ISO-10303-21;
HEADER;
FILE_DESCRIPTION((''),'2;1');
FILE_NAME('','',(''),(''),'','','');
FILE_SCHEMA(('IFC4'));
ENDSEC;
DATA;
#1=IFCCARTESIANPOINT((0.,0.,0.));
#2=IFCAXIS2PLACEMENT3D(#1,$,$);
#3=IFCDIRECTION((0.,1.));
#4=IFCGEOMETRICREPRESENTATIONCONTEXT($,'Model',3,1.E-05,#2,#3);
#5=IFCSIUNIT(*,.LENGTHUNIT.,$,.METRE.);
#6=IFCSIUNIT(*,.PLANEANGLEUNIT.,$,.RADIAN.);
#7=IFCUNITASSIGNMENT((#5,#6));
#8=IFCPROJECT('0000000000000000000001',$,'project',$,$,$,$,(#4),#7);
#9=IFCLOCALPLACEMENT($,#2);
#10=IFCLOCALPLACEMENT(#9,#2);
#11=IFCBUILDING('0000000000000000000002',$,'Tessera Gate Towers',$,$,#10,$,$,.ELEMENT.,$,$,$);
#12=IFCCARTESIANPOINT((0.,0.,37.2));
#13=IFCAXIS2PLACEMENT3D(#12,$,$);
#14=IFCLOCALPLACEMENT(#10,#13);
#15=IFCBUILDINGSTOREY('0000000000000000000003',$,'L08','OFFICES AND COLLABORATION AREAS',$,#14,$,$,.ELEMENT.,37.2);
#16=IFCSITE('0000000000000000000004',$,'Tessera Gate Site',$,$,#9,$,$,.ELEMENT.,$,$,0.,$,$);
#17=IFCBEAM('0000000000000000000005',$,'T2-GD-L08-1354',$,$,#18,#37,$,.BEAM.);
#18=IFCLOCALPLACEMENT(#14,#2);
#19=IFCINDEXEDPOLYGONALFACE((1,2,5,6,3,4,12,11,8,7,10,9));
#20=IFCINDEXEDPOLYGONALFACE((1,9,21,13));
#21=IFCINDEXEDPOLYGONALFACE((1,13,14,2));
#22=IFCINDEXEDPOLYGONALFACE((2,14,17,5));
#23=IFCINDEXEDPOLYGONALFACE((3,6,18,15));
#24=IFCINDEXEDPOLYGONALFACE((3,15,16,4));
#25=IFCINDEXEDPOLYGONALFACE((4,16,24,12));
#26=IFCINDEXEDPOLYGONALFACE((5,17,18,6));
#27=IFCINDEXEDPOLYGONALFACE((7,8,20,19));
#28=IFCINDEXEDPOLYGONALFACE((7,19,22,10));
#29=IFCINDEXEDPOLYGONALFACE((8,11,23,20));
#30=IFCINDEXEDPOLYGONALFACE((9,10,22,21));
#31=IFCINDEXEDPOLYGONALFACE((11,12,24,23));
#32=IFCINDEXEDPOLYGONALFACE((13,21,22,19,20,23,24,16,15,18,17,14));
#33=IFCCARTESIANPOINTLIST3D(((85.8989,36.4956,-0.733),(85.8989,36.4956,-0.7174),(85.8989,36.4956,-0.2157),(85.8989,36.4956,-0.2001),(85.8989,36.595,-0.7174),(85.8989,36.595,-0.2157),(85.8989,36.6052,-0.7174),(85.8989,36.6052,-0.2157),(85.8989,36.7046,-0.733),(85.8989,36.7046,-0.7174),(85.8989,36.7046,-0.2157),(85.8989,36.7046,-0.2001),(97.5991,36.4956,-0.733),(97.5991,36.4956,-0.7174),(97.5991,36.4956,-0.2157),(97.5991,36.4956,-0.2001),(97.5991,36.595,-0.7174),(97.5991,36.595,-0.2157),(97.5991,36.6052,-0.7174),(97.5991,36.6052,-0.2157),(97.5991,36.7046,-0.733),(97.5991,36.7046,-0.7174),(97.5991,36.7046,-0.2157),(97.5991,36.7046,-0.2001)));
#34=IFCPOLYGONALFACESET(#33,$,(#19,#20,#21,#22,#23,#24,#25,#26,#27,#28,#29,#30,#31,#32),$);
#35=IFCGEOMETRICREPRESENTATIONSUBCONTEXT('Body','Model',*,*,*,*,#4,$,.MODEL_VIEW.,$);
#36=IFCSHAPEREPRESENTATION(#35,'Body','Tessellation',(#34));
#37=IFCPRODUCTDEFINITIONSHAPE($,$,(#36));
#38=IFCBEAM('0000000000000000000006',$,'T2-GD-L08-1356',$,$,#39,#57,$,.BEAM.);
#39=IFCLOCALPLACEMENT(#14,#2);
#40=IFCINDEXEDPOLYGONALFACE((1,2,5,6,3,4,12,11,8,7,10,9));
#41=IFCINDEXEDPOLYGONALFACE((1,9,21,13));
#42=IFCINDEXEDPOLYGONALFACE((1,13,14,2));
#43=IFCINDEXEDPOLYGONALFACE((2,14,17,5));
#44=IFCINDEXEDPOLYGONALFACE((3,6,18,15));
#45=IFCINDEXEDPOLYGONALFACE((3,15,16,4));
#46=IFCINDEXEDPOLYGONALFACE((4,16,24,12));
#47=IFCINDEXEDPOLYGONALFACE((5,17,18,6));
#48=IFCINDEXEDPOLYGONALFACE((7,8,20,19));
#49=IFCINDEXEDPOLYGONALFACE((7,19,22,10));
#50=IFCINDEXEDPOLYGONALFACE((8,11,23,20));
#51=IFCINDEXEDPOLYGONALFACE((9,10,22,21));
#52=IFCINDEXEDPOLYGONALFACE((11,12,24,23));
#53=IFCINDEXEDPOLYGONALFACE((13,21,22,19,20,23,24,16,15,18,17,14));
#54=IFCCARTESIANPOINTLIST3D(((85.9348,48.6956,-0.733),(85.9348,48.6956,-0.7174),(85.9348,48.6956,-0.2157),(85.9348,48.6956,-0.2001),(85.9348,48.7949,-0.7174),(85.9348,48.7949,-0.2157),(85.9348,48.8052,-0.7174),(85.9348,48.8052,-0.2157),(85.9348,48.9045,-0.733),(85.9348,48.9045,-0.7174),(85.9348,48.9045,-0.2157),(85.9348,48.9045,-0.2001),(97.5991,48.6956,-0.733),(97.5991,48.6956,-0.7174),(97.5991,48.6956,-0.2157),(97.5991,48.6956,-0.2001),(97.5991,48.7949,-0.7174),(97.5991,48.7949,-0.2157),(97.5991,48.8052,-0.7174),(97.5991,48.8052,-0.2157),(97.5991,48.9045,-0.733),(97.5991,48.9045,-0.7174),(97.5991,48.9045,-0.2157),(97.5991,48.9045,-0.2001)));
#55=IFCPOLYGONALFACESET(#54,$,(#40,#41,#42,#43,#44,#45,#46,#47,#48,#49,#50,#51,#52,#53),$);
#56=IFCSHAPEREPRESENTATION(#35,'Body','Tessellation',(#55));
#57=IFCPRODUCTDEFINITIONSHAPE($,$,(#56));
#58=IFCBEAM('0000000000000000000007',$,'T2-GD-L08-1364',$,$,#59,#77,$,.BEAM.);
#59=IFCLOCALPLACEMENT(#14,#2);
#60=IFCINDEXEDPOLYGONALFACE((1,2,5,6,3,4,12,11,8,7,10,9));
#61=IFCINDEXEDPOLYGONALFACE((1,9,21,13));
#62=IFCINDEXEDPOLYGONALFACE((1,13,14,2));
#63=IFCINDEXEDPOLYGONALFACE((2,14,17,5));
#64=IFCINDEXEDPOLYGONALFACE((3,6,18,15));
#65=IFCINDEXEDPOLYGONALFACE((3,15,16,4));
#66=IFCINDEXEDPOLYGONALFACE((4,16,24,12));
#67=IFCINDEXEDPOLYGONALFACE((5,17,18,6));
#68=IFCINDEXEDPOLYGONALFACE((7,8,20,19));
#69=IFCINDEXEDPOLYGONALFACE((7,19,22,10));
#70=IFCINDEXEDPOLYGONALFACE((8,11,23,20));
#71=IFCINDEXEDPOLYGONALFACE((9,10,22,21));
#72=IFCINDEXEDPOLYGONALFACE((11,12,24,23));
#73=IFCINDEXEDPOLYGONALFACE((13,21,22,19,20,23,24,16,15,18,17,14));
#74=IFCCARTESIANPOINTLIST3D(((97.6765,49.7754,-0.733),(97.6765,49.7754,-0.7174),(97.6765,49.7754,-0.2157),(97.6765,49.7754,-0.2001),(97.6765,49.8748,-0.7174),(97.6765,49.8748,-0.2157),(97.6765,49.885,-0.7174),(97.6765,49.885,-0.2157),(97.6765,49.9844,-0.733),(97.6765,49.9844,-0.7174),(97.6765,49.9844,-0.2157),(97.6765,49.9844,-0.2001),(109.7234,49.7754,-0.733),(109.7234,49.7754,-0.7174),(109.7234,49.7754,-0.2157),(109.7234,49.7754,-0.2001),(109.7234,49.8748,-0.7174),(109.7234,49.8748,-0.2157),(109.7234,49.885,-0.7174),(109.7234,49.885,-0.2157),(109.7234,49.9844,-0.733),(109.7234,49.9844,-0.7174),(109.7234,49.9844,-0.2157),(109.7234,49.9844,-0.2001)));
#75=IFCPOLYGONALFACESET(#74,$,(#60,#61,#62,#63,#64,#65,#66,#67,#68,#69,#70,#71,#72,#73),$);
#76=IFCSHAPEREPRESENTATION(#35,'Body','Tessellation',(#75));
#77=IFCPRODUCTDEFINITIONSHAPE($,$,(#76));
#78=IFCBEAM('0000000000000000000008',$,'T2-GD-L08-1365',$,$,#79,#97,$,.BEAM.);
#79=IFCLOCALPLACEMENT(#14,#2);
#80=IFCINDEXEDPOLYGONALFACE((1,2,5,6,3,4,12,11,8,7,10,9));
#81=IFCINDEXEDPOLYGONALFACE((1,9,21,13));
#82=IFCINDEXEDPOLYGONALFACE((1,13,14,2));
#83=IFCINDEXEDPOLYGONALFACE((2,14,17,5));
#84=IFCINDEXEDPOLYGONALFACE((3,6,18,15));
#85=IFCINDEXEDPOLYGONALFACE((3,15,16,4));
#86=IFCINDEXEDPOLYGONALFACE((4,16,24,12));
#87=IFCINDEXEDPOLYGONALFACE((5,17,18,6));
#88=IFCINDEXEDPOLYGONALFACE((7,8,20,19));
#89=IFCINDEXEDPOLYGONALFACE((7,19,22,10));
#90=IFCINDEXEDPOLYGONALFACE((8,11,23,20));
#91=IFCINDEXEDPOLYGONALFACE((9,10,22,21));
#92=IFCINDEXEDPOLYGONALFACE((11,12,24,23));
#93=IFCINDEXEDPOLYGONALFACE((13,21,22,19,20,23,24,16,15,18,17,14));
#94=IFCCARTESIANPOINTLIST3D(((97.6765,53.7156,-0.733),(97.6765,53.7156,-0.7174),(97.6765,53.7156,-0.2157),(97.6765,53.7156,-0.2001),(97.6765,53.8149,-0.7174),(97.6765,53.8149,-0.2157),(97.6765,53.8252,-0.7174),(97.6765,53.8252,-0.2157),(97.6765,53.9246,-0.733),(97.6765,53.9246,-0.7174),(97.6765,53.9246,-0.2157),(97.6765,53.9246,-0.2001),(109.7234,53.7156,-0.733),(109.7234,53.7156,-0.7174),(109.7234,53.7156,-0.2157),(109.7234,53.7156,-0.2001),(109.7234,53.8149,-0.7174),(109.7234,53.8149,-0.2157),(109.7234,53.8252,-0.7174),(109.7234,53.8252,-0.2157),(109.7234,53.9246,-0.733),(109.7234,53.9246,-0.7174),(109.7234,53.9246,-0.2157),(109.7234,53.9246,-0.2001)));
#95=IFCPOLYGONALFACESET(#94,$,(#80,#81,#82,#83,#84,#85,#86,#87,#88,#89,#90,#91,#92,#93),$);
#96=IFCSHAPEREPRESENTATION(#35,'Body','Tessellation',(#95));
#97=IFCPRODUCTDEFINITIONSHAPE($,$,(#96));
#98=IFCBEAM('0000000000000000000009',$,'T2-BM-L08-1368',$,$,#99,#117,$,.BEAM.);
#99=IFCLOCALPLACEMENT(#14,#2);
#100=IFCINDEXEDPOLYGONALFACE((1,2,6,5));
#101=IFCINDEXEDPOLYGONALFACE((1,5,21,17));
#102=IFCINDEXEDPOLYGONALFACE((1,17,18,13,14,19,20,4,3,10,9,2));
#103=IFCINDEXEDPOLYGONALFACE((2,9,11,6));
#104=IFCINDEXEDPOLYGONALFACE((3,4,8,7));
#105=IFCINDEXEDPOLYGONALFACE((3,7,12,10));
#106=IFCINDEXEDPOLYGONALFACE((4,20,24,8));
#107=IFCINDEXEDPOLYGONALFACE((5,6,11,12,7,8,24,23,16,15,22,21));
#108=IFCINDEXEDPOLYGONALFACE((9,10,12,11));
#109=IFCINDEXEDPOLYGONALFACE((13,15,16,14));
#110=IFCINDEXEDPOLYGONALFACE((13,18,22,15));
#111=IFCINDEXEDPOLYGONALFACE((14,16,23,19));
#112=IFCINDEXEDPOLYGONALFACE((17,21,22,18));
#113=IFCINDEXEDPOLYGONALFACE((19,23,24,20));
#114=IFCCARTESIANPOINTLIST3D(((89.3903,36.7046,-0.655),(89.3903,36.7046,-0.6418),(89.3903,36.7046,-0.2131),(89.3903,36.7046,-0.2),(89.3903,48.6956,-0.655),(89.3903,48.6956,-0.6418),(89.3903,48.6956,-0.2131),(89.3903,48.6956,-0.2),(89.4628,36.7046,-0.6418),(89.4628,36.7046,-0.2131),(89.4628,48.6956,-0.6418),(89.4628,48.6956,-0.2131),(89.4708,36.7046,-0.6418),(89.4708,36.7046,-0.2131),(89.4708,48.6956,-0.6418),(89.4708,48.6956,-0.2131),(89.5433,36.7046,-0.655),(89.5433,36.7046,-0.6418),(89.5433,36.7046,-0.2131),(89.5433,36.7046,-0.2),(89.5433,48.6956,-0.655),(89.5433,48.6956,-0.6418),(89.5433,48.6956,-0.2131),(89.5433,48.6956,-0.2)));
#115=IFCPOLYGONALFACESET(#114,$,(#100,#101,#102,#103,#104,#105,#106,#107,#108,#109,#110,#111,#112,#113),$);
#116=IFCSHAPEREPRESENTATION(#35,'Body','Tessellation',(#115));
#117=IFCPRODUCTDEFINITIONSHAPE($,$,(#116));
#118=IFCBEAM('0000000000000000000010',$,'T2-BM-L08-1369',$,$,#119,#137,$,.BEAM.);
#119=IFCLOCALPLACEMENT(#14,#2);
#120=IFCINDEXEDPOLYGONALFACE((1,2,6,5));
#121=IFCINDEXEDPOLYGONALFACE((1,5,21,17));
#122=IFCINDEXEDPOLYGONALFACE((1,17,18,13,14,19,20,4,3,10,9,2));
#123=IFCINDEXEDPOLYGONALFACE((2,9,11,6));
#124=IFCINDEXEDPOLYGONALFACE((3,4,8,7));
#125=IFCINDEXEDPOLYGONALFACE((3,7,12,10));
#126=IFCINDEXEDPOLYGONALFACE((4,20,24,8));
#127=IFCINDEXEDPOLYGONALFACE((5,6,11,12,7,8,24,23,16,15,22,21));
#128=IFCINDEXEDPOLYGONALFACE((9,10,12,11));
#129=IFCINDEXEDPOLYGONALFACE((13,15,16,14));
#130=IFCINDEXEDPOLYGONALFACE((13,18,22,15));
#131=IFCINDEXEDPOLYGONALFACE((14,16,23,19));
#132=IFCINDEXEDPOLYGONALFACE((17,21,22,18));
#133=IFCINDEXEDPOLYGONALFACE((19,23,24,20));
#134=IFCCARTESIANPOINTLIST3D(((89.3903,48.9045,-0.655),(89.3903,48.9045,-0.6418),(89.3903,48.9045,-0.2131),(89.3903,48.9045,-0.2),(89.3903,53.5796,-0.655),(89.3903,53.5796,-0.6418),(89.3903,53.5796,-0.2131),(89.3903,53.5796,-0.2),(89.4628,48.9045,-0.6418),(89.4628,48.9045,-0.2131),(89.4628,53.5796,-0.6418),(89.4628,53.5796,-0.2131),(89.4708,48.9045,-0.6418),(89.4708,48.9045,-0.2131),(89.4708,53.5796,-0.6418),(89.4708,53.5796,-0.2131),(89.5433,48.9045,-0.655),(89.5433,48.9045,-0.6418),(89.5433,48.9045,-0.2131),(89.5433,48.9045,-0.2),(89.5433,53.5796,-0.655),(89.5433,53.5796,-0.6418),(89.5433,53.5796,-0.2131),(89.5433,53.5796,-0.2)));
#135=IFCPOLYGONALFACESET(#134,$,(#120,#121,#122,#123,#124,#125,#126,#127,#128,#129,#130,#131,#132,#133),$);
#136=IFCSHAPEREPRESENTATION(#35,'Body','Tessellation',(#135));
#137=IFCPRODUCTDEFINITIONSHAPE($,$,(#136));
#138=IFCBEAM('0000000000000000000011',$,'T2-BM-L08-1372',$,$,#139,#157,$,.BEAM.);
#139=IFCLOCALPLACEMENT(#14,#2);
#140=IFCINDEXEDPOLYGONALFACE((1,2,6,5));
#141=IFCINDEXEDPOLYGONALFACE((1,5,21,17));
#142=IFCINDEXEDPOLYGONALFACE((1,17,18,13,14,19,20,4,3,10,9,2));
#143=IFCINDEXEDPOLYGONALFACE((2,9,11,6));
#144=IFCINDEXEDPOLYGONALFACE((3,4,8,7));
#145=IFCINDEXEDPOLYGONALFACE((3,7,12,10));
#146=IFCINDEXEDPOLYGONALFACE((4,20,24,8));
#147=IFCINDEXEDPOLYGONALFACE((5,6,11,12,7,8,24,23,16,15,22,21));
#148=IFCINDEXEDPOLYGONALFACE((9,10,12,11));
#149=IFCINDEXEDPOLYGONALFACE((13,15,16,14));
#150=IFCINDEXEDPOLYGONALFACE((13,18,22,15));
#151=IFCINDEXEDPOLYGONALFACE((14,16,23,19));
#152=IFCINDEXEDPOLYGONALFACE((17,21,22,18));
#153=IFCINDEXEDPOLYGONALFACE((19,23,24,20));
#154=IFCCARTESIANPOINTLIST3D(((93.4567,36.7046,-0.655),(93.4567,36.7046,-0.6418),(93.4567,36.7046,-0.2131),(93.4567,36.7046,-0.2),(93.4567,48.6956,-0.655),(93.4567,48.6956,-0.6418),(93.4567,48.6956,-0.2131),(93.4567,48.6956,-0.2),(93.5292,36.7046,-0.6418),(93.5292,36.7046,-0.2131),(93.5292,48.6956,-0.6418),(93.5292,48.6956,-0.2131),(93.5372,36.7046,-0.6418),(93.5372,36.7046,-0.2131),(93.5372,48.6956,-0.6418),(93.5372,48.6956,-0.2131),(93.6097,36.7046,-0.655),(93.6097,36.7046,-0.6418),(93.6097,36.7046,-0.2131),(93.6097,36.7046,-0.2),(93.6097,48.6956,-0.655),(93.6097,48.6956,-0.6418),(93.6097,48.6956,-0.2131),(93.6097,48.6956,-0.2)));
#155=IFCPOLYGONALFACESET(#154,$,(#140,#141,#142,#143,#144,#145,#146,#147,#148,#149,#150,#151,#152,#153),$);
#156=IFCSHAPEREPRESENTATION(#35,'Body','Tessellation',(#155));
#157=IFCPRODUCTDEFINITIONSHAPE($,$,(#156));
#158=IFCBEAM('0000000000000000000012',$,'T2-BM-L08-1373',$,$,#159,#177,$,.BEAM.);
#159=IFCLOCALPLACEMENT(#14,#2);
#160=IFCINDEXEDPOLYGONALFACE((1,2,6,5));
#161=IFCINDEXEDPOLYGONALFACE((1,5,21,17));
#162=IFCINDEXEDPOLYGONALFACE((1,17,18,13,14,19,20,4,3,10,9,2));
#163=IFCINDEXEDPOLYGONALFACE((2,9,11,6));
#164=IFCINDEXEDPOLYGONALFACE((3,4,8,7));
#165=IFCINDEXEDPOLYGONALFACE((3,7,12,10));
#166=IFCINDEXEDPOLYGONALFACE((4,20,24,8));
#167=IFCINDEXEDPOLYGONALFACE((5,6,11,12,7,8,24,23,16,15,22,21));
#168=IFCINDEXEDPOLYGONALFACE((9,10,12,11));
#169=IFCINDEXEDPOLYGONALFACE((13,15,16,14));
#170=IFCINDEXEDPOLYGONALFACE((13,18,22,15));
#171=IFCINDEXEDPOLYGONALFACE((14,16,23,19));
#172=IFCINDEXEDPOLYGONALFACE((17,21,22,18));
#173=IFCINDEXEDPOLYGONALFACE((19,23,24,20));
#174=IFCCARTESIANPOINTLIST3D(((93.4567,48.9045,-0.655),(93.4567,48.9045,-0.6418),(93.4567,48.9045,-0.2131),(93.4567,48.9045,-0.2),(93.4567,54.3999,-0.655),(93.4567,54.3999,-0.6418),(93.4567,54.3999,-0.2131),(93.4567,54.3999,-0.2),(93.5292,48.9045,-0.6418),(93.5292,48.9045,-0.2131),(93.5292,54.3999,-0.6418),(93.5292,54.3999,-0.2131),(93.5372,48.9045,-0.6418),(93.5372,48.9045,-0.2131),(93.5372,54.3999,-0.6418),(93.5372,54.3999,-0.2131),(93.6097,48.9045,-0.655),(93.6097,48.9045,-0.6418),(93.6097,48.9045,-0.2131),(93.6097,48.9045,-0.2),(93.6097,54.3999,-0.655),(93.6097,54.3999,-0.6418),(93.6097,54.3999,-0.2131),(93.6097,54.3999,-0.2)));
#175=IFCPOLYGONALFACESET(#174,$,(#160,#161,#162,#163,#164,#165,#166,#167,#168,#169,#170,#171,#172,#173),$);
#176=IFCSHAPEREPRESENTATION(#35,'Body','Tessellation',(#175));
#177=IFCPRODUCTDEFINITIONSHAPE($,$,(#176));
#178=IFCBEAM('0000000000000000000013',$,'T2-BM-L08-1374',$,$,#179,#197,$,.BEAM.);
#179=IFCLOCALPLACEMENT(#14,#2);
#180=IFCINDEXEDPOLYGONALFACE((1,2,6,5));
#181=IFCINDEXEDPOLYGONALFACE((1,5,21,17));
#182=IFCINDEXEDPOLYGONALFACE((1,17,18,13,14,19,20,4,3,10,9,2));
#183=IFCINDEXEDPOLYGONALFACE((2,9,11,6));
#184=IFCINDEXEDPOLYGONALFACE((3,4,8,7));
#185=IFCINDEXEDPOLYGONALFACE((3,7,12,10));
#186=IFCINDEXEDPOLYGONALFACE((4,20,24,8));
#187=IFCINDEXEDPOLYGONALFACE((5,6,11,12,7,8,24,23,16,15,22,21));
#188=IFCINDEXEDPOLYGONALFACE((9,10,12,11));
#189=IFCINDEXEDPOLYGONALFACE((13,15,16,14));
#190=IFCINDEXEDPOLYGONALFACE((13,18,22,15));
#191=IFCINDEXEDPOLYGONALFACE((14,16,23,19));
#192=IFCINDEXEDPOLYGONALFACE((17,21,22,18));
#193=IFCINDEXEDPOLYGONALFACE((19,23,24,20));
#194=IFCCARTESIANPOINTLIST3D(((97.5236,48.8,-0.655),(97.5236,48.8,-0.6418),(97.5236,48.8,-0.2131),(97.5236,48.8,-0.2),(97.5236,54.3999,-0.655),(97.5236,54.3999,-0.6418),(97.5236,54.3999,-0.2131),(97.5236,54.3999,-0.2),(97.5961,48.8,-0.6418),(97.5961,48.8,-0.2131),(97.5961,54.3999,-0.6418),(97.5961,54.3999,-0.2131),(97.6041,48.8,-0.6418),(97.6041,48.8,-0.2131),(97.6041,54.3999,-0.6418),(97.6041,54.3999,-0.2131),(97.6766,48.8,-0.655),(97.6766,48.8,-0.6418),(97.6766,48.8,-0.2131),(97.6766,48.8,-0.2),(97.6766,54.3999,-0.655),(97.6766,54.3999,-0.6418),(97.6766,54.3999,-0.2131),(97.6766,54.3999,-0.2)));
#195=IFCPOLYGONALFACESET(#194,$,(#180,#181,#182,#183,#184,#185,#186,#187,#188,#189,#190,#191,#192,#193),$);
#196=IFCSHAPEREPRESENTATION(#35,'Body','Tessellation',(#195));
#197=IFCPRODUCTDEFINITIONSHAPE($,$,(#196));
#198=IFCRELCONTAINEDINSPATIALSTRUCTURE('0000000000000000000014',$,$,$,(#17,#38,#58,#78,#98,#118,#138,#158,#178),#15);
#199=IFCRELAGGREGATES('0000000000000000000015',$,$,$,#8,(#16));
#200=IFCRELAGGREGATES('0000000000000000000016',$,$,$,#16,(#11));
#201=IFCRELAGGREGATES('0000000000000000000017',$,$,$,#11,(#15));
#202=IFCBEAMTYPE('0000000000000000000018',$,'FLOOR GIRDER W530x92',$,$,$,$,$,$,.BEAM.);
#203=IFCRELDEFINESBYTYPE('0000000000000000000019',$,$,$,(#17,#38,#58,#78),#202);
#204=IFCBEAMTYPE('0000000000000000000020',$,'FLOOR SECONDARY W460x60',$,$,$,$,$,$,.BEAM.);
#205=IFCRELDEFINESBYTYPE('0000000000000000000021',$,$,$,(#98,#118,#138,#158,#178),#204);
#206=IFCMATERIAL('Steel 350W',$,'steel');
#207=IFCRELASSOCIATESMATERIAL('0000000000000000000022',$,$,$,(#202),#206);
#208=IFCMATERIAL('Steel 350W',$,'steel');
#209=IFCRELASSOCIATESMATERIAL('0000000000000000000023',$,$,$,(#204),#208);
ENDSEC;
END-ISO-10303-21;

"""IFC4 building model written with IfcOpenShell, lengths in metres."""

from ifc_helpers import new_model, si_unit, direction, frame, origin, origin_2d, place, context, subcontext, project, spatial, i_section, extrude, material, material_profile, profile_set, type_object, element, save


model = new_model("IFC4")

# Units and contexts
model_context = context("Model", 3, precision=1e-05, world=origin(), true_north=direction((0.0, 1.0)))
body_context = subcontext(model_context, "Body", "Model", "MODEL_VIEW")
ifc_project = project(units=[si_unit("LENGTHUNIT", "METRE"), si_unit("PLANEANGLEUNIT", "RADIAN")], contexts=[model_context])

# Site, building, storey
site_placement = place(None, origin())
site = spatial("IfcSite", under=ifc_project, at=site_placement, Name="Tessera Gate Site", CompositionType="ELEMENT", RefElevation=0.0)
building_placement = place(site_placement, origin())
building = spatial("IfcBuilding", under=site, at=building_placement, Name="Tessera Gate Towers", CompositionType="ELEMENT")
storey_placement = place(building_placement, frame((0.0, 0.0, 37.2)))
storey = spatial("IfcBuildingStorey", under=building, at=storey_placement, Name="L08", Description="OFFICES AND COLLABORATION AREAS", CompositionType="ELEMENT", Elevation=37.2)

# Beams
ifc_material_1 = material(Name="Steel 350W", Category="steel")
ifc_material_profile_1 = material_profile(ifc_material_1, i_section(OverallWidth=0.209, OverallDepth=0.533, WebThickness=0.0103, FlangeThickness=0.0156, at=origin_2d()), Name="W530x92")
ifc_profile_set_1 = profile_set([ifc_material_profile_1], Name="Steel 350W")
beam_type_1 = type_object("IfcBeamType", Name="FLOOR GIRDER W530x92", PredefinedType="BEAM", material=ifc_profile_set_1)
beam_1_placement = place(storey_placement, frame((85.8989, 36.6001, -0.4666), z_axis=(1.0, 0.0, 0.0), x_axis=(0.0, 1.0, 0.0)))
element("IfcBeam", 1, at=beam_1_placement, inside=storey, type_object=beam_type_1, Name="T2-GD-L08-1354", PredefinedType="BEAM", context=body_context, shape_type="SweptSolid", body=[
    extrude(i_section(OverallWidth=0.209, OverallDepth=0.533, WebThickness=0.0103, FlangeThickness=0.0156, at=origin_2d()), origin(), (0.0, 0.0, 1.0), 11.7002),
])
beam_2_placement = place(storey_placement, frame((85.9348, 48.8, -0.4666), z_axis=(1.0, 0.0, 0.0), x_axis=(0.0, 1.0, 0.0)))
element("IfcBeam", 2, at=beam_2_placement, inside=storey, type_object=beam_type_1, Name="T2-GD-L08-1356", PredefinedType="BEAM", context=body_context, shape_type="SweptSolid", body=[
    extrude(i_section(OverallWidth=0.209, OverallDepth=0.533, WebThickness=0.0103, FlangeThickness=0.0156, at=origin_2d()), origin(), (0.0, 0.0, 1.0), 11.6643),
])
for number, where, z_axis, x_axis, name in (
    (3, (97.6765, 49.8799, -0.4666), (1.0, 0.0, 0.0), (0.0, 1.0, 0.0), "T2-GD-L08-1364"),
    (4, (97.6765, 53.8201, -0.4666), (1.0, 0.0, 0.0), (0.0, 1.0, 0.0), "T2-GD-L08-1365"),
):
    element("IfcBeam", number, at=place(storey_placement, frame(where, z_axis=z_axis, x_axis=x_axis)), inside=storey, type_object=beam_type_1, Name=name, PredefinedType="BEAM", context=body_context, shape_type="SweptSolid", body=[
        extrude(i_section(OverallWidth=0.209, OverallDepth=0.533, WebThickness=0.0103, FlangeThickness=0.0156, at=origin_2d()), origin(), (0.0, 0.0, 1.0), 12.0469),
    ])
ifc_material_2 = material(Name="Steel 350W", Category="steel")
ifc_material_profile_2 = material_profile(ifc_material_2, i_section(OverallWidth=0.1531, OverallDepth=0.4551, WebThickness=0.0081, FlangeThickness=0.0132, at=origin_2d()), Name="W460x60")
ifc_profile_set_2 = profile_set([ifc_material_profile_2], Name="Steel 350W")
beam_type_2 = type_object("IfcBeamType", Name="FLOOR SECONDARY W460x60", PredefinedType="BEAM", material=ifc_profile_set_2)
beam_3_placement = place(storey_placement, frame((89.4668, 36.7046, -0.4275), z_axis=(0.0, 1.0, 0.0), x_axis=(-1.0, 0.0, 0.0)))
element("IfcBeam", 5, at=beam_3_placement, inside=storey, type_object=beam_type_2, Name="T2-BM-L08-1368", PredefinedType="BEAM", context=body_context, shape_type="SweptSolid", body=[
    extrude(i_section(OverallWidth=0.1531, OverallDepth=0.4551, WebThickness=0.0081, FlangeThickness=0.0132, at=origin_2d()), origin(), (0.0, 0.0, 1.0), 11.991),
])
beam_4_placement = place(storey_placement, frame((89.4668, 48.9045, -0.4275), z_axis=(0.0, 1.0, 0.0), x_axis=(-1.0, 0.0, 0.0)))
element("IfcBeam", 6, at=beam_4_placement, inside=storey, type_object=beam_type_2, Name="T2-BM-L08-1369", PredefinedType="BEAM", context=body_context, shape_type="SweptSolid", body=[
    extrude(i_section(OverallWidth=0.1531, OverallDepth=0.4551, WebThickness=0.0081, FlangeThickness=0.0132, at=origin_2d()), origin(), (0.0, 0.0, 1.0), 4.675),
])
beam_5_placement = place(storey_placement, frame((93.5332, 36.7046, -0.4275), z_axis=(0.0, 1.0, 0.0), x_axis=(-1.0, 0.0, 0.0)))
element("IfcBeam", 7, at=beam_5_placement, inside=storey, type_object=beam_type_2, Name="T2-BM-L08-1372", PredefinedType="BEAM", context=body_context, shape_type="SweptSolid", body=[
    extrude(i_section(OverallWidth=0.1531, OverallDepth=0.4551, WebThickness=0.0081, FlangeThickness=0.0132, at=origin_2d()), origin(), (0.0, 0.0, 1.0), 11.991),
])
beam_6_placement = place(storey_placement, frame((93.5332, 48.9045, -0.4275), z_axis=(0.0, 1.0, 0.0), x_axis=(-1.0, 0.0, 0.0)))
element("IfcBeam", 8, at=beam_6_placement, inside=storey, type_object=beam_type_2, Name="T2-BM-L08-1373", PredefinedType="BEAM", context=body_context, shape_type="SweptSolid", body=[
    extrude(i_section(OverallWidth=0.1531, OverallDepth=0.4551, WebThickness=0.0081, FlangeThickness=0.0132, at=origin_2d()), origin(), (0.0, 0.0, 1.0), 5.4954),
])
beam_7_placement = place(storey_placement, frame((97.6001, 48.8, -0.4275), z_axis=(0.0, 1.0, 0.0), x_axis=(-1.0, 0.0, 0.0)))
element("IfcBeam", 9, at=beam_7_placement, inside=storey, type_object=beam_type_2, Name="T2-BM-L08-1374", PredefinedType="BEAM", context=body_context, shape_type="SweptSolid", body=[
    extrude(i_section(OverallWidth=0.1531, OverallDepth=0.4551, WebThickness=0.0081, FlangeThickness=0.0132, at=origin_2d()), origin(), (0.0, 0.0, 1.0), 5.5999),
])

save(model, "model.ifc")
